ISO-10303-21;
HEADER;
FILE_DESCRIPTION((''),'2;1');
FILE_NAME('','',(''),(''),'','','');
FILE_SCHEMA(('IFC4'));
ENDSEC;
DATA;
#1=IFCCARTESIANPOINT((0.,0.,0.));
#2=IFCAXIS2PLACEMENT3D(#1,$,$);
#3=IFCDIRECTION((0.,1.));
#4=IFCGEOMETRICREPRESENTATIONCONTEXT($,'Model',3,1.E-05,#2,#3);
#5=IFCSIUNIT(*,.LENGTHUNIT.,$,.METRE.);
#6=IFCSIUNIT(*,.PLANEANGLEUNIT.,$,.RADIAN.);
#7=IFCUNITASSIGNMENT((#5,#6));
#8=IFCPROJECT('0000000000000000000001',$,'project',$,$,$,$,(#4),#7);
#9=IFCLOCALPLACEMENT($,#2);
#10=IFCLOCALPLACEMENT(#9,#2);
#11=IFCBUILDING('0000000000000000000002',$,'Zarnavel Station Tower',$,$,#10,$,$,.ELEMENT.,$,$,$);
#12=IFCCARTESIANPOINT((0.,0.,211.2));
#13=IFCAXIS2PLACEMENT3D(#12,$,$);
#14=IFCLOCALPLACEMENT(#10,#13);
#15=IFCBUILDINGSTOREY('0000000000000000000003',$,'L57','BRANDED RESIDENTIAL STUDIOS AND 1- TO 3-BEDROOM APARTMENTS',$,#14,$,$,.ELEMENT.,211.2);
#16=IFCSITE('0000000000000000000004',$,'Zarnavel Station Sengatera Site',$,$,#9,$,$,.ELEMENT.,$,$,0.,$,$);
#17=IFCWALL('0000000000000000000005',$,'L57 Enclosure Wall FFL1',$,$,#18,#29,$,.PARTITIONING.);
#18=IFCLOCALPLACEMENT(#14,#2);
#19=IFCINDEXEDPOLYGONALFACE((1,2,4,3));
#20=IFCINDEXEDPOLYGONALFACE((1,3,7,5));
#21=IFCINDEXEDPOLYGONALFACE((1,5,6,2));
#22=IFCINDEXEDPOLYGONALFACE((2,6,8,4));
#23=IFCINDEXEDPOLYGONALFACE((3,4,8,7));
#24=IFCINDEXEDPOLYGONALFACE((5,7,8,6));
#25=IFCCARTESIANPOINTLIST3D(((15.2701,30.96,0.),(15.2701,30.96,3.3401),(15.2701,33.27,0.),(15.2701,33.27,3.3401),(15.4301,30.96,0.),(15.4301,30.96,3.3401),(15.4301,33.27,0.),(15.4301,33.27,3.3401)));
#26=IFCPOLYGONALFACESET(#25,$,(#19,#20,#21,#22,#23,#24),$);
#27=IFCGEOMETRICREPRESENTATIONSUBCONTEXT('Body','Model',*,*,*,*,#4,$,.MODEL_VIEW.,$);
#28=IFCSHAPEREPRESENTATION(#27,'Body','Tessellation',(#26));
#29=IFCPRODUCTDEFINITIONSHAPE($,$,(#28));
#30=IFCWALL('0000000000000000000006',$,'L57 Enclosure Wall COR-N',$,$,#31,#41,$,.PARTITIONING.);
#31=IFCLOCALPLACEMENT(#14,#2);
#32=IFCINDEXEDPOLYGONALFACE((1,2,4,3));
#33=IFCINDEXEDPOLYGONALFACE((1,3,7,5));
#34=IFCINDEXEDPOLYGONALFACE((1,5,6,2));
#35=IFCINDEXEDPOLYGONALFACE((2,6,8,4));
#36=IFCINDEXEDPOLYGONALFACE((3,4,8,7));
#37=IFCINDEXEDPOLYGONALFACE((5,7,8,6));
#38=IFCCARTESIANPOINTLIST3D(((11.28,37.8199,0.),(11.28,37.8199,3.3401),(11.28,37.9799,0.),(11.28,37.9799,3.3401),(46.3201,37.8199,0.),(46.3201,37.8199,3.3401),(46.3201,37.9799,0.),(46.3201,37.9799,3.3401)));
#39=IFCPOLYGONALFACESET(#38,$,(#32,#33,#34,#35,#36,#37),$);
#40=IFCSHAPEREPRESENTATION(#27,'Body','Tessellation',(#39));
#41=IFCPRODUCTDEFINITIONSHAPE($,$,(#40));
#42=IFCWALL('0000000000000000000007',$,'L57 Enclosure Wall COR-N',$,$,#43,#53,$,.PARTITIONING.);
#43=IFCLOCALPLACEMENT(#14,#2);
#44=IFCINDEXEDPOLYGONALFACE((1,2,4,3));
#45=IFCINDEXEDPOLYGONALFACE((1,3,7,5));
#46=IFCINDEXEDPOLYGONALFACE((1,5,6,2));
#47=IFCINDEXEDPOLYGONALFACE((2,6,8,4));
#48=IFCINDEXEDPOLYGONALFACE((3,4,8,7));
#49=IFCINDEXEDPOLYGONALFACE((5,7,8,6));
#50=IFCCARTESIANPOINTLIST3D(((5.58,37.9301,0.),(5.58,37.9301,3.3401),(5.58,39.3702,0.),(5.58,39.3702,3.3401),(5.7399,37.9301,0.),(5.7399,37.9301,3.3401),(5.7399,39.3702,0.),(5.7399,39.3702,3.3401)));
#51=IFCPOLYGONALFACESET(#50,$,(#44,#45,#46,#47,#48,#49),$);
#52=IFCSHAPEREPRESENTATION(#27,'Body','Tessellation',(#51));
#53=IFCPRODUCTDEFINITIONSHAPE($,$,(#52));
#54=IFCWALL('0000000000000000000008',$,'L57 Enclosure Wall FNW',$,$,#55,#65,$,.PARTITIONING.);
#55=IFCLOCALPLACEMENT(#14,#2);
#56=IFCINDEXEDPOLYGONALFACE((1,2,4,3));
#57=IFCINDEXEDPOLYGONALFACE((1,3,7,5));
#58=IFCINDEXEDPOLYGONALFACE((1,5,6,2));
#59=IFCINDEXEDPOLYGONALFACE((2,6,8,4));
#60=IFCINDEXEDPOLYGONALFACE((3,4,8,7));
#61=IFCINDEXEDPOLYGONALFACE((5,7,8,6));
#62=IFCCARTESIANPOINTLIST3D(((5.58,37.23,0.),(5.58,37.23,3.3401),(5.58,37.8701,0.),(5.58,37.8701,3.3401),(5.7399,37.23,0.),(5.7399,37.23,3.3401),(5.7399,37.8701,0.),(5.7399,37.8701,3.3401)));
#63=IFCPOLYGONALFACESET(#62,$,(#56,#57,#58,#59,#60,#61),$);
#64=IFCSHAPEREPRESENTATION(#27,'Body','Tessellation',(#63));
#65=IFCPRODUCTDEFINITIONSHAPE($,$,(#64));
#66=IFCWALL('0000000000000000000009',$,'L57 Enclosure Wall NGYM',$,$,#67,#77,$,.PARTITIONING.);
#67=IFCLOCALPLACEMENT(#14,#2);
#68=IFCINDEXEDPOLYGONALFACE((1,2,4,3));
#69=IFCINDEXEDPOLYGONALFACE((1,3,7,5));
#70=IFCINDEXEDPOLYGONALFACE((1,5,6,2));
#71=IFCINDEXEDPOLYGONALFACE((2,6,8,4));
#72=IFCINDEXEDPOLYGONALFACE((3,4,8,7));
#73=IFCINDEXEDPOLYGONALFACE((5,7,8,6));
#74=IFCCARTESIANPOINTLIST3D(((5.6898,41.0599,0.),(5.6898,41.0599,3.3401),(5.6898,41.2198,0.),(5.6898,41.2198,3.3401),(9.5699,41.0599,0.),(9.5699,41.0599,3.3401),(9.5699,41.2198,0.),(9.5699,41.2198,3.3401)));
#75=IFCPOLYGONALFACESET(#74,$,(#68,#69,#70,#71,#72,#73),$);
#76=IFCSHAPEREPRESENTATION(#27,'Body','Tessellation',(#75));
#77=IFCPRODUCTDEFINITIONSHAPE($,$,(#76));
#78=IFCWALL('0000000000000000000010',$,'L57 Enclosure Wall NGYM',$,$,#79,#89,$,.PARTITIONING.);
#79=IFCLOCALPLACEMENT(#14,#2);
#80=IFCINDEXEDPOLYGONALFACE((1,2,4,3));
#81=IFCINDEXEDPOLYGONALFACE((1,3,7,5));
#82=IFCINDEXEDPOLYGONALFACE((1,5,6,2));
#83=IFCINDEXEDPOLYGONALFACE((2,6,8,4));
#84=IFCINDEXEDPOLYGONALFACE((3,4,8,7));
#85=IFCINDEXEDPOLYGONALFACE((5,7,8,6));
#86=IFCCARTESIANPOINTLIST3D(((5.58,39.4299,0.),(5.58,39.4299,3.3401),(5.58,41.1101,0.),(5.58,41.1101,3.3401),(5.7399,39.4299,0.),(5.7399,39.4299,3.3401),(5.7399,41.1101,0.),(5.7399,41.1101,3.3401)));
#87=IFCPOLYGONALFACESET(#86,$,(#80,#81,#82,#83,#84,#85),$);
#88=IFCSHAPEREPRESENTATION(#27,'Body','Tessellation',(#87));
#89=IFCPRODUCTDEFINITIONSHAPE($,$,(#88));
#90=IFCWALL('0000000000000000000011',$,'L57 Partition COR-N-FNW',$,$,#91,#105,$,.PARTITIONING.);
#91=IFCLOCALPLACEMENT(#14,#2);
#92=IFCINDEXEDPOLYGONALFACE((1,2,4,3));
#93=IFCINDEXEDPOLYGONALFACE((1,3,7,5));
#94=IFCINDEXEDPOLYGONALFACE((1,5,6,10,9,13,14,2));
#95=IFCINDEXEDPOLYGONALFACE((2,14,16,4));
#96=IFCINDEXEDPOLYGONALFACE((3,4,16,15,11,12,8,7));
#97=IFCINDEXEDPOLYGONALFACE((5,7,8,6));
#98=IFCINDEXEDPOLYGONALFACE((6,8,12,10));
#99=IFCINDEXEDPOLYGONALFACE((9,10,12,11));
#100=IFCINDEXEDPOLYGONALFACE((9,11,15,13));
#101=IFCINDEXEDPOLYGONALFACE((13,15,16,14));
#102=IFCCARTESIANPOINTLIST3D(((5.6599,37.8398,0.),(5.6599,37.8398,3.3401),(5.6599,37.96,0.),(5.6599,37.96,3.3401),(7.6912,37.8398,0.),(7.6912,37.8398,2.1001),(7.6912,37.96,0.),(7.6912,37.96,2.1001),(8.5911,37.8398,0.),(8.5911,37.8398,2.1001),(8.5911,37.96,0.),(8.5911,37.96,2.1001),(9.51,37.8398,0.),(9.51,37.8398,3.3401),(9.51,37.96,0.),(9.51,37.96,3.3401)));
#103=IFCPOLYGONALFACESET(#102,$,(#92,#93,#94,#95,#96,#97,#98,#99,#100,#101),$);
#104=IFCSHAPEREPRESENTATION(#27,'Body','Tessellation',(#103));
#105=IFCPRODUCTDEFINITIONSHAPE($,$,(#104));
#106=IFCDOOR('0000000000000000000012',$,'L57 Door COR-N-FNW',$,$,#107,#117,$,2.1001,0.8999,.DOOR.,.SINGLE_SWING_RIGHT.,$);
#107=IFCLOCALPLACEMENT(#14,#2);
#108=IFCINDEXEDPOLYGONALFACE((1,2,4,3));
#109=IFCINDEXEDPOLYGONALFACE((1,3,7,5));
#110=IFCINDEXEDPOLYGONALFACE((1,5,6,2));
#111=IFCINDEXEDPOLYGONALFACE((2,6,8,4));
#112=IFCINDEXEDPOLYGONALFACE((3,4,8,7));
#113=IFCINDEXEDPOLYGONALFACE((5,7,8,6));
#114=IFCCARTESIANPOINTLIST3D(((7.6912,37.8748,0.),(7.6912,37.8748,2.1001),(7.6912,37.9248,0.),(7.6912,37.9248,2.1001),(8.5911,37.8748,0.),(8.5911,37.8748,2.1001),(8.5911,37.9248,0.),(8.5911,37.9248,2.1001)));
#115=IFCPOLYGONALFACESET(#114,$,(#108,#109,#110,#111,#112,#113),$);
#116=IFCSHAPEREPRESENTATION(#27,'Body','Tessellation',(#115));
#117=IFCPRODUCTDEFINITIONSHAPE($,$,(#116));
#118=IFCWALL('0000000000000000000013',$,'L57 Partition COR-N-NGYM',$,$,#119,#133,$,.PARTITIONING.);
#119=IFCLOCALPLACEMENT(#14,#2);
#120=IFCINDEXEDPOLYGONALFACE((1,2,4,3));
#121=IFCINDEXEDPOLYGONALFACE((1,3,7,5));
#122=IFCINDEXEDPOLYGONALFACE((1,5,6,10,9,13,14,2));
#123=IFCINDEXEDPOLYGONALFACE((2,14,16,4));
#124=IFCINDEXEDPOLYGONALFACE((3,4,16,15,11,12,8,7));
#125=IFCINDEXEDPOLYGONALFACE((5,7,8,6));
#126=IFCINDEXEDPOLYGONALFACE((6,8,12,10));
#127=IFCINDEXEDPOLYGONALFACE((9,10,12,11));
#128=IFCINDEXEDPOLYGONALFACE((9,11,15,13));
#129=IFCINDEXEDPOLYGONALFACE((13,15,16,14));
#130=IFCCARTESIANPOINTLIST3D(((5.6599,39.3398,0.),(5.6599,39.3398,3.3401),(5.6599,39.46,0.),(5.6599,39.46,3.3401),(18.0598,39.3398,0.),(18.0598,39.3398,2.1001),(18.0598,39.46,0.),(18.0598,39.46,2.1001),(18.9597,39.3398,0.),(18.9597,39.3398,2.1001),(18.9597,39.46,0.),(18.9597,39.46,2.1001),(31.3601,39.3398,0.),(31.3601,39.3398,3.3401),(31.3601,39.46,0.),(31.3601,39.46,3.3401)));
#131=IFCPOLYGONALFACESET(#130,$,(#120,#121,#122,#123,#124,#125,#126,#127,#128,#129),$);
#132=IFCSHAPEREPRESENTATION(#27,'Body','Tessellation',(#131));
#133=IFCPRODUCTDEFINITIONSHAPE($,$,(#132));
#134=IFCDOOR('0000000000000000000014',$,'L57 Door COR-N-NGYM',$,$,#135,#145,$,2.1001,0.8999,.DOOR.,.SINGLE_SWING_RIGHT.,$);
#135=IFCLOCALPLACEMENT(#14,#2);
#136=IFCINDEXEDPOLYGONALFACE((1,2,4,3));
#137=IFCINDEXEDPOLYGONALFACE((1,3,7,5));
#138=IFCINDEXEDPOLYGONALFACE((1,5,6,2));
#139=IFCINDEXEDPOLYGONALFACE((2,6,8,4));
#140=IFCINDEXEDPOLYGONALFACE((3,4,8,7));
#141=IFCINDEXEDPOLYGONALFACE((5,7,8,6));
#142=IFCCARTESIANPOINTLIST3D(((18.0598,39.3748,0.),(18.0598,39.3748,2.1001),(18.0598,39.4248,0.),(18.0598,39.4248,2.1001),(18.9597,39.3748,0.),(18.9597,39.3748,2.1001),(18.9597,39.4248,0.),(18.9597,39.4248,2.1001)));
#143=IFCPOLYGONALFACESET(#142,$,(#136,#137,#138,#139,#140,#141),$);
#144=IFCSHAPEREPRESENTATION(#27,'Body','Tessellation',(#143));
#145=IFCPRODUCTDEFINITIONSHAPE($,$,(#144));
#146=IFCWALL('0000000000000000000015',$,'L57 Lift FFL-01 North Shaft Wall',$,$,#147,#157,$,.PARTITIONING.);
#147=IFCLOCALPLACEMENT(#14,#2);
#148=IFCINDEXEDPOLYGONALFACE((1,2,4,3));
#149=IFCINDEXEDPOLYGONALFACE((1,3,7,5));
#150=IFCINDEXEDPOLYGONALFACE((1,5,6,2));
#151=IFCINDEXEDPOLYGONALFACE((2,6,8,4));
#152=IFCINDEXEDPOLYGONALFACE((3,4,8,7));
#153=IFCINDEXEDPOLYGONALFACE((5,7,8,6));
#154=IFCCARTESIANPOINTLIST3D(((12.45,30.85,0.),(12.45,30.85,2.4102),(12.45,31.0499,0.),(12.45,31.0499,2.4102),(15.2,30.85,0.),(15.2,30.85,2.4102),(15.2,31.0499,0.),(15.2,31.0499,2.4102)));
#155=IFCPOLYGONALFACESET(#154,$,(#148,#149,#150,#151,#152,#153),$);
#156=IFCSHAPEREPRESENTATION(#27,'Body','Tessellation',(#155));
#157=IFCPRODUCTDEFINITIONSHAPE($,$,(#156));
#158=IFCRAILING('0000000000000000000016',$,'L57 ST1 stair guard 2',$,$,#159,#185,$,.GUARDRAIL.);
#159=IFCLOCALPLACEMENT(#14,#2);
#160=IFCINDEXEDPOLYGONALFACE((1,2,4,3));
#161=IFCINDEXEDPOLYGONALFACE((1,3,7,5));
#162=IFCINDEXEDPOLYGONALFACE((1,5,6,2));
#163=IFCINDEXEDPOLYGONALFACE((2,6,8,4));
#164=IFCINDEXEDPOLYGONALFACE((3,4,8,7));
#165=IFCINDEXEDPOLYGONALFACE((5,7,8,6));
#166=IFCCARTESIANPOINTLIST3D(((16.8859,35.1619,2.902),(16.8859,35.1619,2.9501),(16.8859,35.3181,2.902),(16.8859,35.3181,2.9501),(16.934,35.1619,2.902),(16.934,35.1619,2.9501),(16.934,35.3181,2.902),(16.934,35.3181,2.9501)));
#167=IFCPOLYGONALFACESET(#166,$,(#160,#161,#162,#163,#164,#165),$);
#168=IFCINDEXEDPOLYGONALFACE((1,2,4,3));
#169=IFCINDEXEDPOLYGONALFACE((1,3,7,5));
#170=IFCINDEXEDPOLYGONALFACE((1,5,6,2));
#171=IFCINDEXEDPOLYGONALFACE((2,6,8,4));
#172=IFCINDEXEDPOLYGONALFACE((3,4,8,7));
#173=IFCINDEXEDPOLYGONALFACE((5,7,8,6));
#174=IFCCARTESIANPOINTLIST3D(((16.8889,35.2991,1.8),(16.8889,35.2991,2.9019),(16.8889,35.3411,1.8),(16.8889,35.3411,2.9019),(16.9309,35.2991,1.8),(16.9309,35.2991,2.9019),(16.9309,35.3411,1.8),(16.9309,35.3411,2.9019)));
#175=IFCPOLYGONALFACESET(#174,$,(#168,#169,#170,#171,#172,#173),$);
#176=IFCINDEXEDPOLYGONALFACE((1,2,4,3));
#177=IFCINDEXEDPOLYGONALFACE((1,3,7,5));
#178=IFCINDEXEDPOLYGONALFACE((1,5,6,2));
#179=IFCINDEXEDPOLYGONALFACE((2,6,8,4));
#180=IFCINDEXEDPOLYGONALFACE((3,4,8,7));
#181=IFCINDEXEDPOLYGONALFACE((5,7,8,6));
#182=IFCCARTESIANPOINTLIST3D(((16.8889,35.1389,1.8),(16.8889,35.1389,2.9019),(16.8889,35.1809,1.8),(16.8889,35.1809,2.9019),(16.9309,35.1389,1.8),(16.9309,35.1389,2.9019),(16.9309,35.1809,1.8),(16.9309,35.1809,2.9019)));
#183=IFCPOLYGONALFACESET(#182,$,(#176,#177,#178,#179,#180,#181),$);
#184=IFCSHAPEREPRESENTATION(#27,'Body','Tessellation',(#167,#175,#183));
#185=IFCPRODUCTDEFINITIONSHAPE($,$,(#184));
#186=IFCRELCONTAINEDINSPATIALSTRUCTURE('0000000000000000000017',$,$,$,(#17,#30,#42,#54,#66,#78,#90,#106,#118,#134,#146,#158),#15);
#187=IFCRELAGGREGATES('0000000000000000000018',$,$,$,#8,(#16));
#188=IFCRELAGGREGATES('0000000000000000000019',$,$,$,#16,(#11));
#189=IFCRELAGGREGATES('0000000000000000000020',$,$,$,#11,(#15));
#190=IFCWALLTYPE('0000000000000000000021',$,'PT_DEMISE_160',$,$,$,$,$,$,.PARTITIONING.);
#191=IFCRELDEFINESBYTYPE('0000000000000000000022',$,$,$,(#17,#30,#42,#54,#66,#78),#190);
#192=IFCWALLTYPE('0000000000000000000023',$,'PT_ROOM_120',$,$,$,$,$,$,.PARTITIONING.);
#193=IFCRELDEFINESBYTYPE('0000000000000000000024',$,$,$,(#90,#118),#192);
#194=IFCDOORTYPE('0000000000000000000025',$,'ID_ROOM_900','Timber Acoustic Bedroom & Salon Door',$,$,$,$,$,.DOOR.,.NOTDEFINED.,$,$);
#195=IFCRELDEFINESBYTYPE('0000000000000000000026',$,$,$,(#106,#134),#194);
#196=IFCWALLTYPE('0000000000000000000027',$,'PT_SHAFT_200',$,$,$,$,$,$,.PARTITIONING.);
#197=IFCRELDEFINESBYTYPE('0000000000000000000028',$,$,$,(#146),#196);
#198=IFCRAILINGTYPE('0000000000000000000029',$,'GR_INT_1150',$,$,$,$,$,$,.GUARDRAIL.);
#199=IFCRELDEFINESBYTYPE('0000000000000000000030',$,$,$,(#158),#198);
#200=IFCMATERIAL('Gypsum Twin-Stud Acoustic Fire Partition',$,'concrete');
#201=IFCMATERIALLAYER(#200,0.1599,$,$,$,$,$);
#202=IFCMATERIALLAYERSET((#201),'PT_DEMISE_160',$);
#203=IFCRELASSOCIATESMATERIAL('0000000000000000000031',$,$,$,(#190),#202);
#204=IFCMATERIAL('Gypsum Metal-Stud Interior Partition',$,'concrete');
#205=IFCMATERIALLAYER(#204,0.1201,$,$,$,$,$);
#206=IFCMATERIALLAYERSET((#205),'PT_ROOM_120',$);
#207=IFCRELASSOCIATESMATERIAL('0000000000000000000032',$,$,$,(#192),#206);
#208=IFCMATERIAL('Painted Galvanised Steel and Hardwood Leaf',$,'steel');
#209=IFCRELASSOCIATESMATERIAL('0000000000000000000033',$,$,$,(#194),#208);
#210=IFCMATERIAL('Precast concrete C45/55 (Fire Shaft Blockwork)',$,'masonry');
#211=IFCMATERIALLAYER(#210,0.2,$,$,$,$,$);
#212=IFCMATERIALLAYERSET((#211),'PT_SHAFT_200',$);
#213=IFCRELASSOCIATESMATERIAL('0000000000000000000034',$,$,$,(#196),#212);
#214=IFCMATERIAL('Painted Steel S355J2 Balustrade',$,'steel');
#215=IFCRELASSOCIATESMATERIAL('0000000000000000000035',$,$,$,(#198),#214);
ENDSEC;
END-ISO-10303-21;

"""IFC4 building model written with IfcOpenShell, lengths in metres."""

from ifc_helpers import new_model, si_unit, direction, frame, frame_2d, origin, origin_2d, place, context, subcontext, project, spatial, rectangle, extrude, material, layer, layer_set, type_object, element, fill, save


model = new_model("IFC4")

# Units and contexts
model_context = context("Model", 3, precision=1e-05, world=origin(), true_north=direction((0.0, 1.0)))
body_context = subcontext(model_context, "Body", "Model", "MODEL_VIEW")
ifc_project = project(units=[si_unit("LENGTHUNIT", "METRE"), si_unit("PLANEANGLEUNIT", "RADIAN")], contexts=[model_context])

# Site, building, storey
site_placement = place(None, origin())
site = spatial("IfcSite", under=ifc_project, at=site_placement, Name="Zarnavel Station Sengatera Site", CompositionType="ELEMENT", RefElevation=0.0)
building_placement = place(site_placement, origin())
building = spatial("IfcBuilding", under=site, at=building_placement, Name="Zarnavel Station Tower", CompositionType="ELEMENT")
storey_placement = place(building_placement, frame((0.0, 0.0, 211.2)))
storey = spatial("IfcBuildingStorey", under=building, at=storey_placement, Name="L57", Description="BRANDED RESIDENTIAL STUDIOS AND 1- TO 3-BEDROOM APARTMENTS", CompositionType="ELEMENT", Elevation=211.2)

# Walls
ifc_material_1 = material(Name="Gypsum Twin-Stud Acoustic Fire Partition", Category="concrete")
ifc_layer_1 = layer(ifc_material_1, 0.1599)
ifc_layer_set_1 = layer_set([ifc_layer_1], Name="PT_DEMISE_160")
wall_type_1 = type_object("IfcWallType", Name="PT_DEMISE_160", PredefinedType="PARTITIONING", material=ifc_layer_set_1)
wall_1_placement = place(storey_placement, frame((15.3501, 30.96, 0.0), z_axis=(0.0, 0.0, 1.0), x_axis=(0.0, 1.0, 0.0)))
element("IfcWall", 1, at=wall_1_placement, inside=storey, type_object=wall_type_1, Name="L57 Enclosure Wall FFL1", PredefinedType="PARTITIONING", context=body_context, shape_type="SweptSolid", body=[
    extrude(rectangle(XDim=2.3101, YDim=0.1599, at=frame_2d((1.155, 0.0))), origin(), (0.0, 0.0, 1.0), 3.3401),
])
wall_2_placement = place(storey_placement, frame((11.28, 37.8999, 0.0), z_axis=(0.0, 0.0, 1.0), x_axis=(1.0, 0.0, 0.0)))
element("IfcWall", 2, at=wall_2_placement, inside=storey, type_object=wall_type_1, Name="L57 Enclosure Wall COR-N", PredefinedType="PARTITIONING", context=body_context, shape_type="SweptSolid", body=[
    extrude(rectangle(XDim=35.04, YDim=0.1599, at=frame_2d((17.52, 0.0))), origin(), (0.0, 0.0, 1.0), 3.3401),
])
wall_3_placement = place(storey_placement, frame((5.6599, 37.9299, 0.0), z_axis=(0.0, 0.0, 1.0), x_axis=(0.0, 1.0, 0.0)))
element("IfcWall", 3, at=wall_3_placement, inside=storey, type_object=wall_type_1, Name="L57 Enclosure Wall COR-N", PredefinedType="PARTITIONING", context=body_context, shape_type="SweptSolid", body=[
    extrude(rectangle(XDim=1.4402, YDim=0.1599, at=frame_2d((0.7202, 0.0))), origin(), (0.0, 0.0, 1.0), 3.3401),
])
wall_4_placement = place(storey_placement, frame((5.6599, 37.23, 0.0), z_axis=(0.0, 0.0, 1.0), x_axis=(0.0, 1.0, 0.0)))
element("IfcWall", 4, at=wall_4_placement, inside=storey, type_object=wall_type_1, Name="L57 Enclosure Wall FNW", PredefinedType="PARTITIONING", context=body_context, shape_type="SweptSolid", body=[
    extrude(rectangle(XDim=0.6401, YDim=0.1599, at=frame_2d((0.3201, 0.0))), origin(), (0.0, 0.0, 1.0), 3.3401),
])
wall_5_placement = place(storey_placement, frame((5.6899, 41.1399, 0.0), z_axis=(0.0, 0.0, 1.0), x_axis=(1.0, 0.0, 0.0)))
element("IfcWall", 5, at=wall_5_placement, inside=storey, type_object=wall_type_1, Name="L57 Enclosure Wall NGYM", PredefinedType="PARTITIONING", context=body_context, shape_type="SweptSolid", body=[
    extrude(rectangle(XDim=3.8801, YDim=0.1599, at=frame_2d((1.9399, 0.0))), origin(), (0.0, 0.0, 1.0), 3.3401),
])
wall_6_placement = place(storey_placement, frame((5.6599, 39.4299, 0.0), z_axis=(0.0, 0.0, 1.0), x_axis=(0.0, 1.0, 0.0)))
element("IfcWall", 6, at=wall_6_placement, inside=storey, type_object=wall_type_1, Name="L57 Enclosure Wall NGYM", PredefinedType="PARTITIONING", context=body_context, shape_type="SweptSolid", body=[
    extrude(rectangle(XDim=1.6802, YDim=0.1599, at=frame_2d((0.8401, 0.0))), origin(), (0.0, 0.0, 1.0), 3.3401),
])

# Walls, openings, doors
ifc_material_2 = material(Name="Gypsum Metal-Stud Interior Partition", Category="concrete")
ifc_layer_2 = layer(ifc_material_2, 0.1201)
ifc_layer_set_2 = layer_set([ifc_layer_2], Name="PT_ROOM_120")
wall_type_2 = type_object("IfcWallType", Name="PT_ROOM_120", PredefinedType="PARTITIONING", material=ifc_layer_set_2)
wall_7_placement = place(storey_placement, frame((5.6599, 37.8999, 0.0), z_axis=(0.0, 0.0, 1.0), x_axis=(1.0, 0.0, 0.0)))
wall_7 = element("IfcWall", 7, at=wall_7_placement, inside=storey, type_object=wall_type_2, Name="L57 Partition COR-N-FNW", PredefinedType="PARTITIONING", context=body_context, shape_type="SweptSolid", body=[
    extrude(rectangle(XDim=3.8501, YDim=0.1201, at=frame_2d((1.925, 0.0))), origin(), (0.0, 0.0, 1.0), 3.3401),
])
opening_1_placement = place(wall_7_placement, frame((2.0312, 0.0, 0.0)))
opening_1 = element("IfcOpeningElement", 8, at=opening_1_placement, cuts=wall_7, PredefinedType="OPENING", context=body_context, shape_type="SweptSolid", body=[
    extrude(rectangle(XDim=0.8999, YDim=2.1001, at=frame_2d((0.45, 1.05))), frame((0.0, 0.0701, 0.0), z_axis=(0.0, -1.0, 0.0), x_axis=(1.0, 0.0, 0.0)), (0.0, 0.0, 1.0), 0.1401),
])
ifc_material_3 = material(Name="Painted Galvanised Steel and Hardwood Leaf", Category="steel")
door_type = type_object("IfcDoorType", Name="ID_ROOM_900", Description="Timber Acoustic Bedroom & Salon Door", OperationType="NOTDEFINED", PredefinedType="DOOR", material=ifc_material_3)
door_1_placement = place(opening_1_placement, origin())
door_1 = element("IfcDoor", 9, at=door_1_placement, inside=storey, type_object=door_type, Name="L57 Door COR-N-FNW", OperationType="SINGLE_SWING_RIGHT", OverallHeight=2.1001, OverallWidth=0.8999, PredefinedType="DOOR", context=body_context, shape_type="SweptSolid", body=[
    extrude(rectangle(XDim=0.8999, YDim=2.1001, at=frame_2d((0.45, 1.05))), frame((0.0, 0.0249, 0.0), z_axis=(0.0, -1.0, 0.0), x_axis=(1.0, 0.0, 0.0)), (0.0, 0.0, 1.0), 0.05),
])
fill(opening_1, door_1)
wall_8_placement = place(storey_placement, frame((5.6599, 39.3999, 0.0), z_axis=(0.0, 0.0, 1.0), x_axis=(1.0, 0.0, 0.0)))
wall_8 = element("IfcWall", 10, at=wall_8_placement, inside=storey, type_object=wall_type_2, Name="L57 Partition COR-N-NGYM", PredefinedType="PARTITIONING", context=body_context, shape_type="SweptSolid", body=[
    extrude(rectangle(XDim=25.7002, YDim=0.1201, at=frame_2d((12.8501, 0.0))), origin(), (0.0, 0.0, 1.0), 3.3401),
])
opening_2_placement = place(wall_8_placement, frame((12.3999, 0.0, 0.0)))
opening_2 = element("IfcOpeningElement", 11, at=opening_2_placement, cuts=wall_8, PredefinedType="OPENING", context=body_context, shape_type="SweptSolid", body=[
    extrude(rectangle(XDim=0.8999, YDim=2.1001, at=frame_2d((0.45, 1.05))), frame((0.0, 0.0701, 0.0), z_axis=(0.0, -1.0, 0.0), x_axis=(1.0, 0.0, 0.0)), (0.0, 0.0, 1.0), 0.1401),
])
door_2_placement = place(opening_2_placement, origin())
door_2 = element("IfcDoor", 12, at=door_2_placement, inside=storey, type_object=door_type, Name="L57 Door COR-N-NGYM", OperationType="SINGLE_SWING_RIGHT", OverallHeight=2.1001, OverallWidth=0.8999, PredefinedType="DOOR", context=body_context, shape_type="SweptSolid", body=[
    extrude(rectangle(XDim=0.8999, YDim=2.1001, at=frame_2d((0.45, 1.05))), frame((0.0, 0.0249, 0.0), z_axis=(0.0, -1.0, 0.0), x_axis=(1.0, 0.0, 0.0)), (0.0, 0.0, 1.0), 0.05),
])
fill(opening_2, door_2)

# Wall
ifc_material_4 = material(Name="Precast concrete C45/55 (Fire Shaft Blockwork)", Category="masonry")
ifc_layer_3 = layer(ifc_material_4, 0.2)
ifc_layer_set_3 = layer_set([ifc_layer_3], Name="PT_SHAFT_200")
wall_type_3 = type_object("IfcWallType", Name="PT_SHAFT_200", PredefinedType="PARTITIONING", material=ifc_layer_set_3)
wall_9_placement = place(storey_placement, frame((12.45, 30.95, 0.0), z_axis=(0.0, 0.0, 1.0), x_axis=(1.0, 0.0, 0.0)))
element("IfcWall", 13, at=wall_9_placement, inside=storey, type_object=wall_type_3, Name="L57 Lift FFL-01 North Shaft Wall", PredefinedType="PARTITIONING", context=body_context, shape_type="SweptSolid", body=[
    extrude(rectangle(XDim=2.75, YDim=0.2, at=frame_2d((1.375, 0.0))), origin(), (0.0, 0.0, 1.0), 2.4102),
])

# Railing
ifc_material_5 = material(Name="Painted Steel S355J2 Balustrade", Category="steel")
railing_type = type_object("IfcRailingType", Name="GR_INT_1150", PredefinedType="GUARDRAIL", material=ifc_material_5)
railing_placement = place(storey_placement, frame((16.9099, 35.3201, 1.8)))
element("IfcRailing", 14, at=railing_placement, inside=storey, type_object=railing_type, Name="L57 ST1 stair guard 2", PredefinedType="GUARDRAIL", context=body_context, shape_type="SweptSolid", body=[
    extrude(rectangle(XDim=0.0481, YDim=0.0481, at=origin_2d()), frame((0.0, -0.002, 1.126), z_axis=(0.0, -1.0, 0.0), x_axis=(1.0, 0.0, 0.0)), (0.0, 0.0, 1.0), 0.1562),
    extrude(rectangle(XDim=0.042, YDim=0.042, at=origin_2d()), origin(), (0.0, 0.0, 1.0), 1.1018),
    extrude(rectangle(XDim=0.042, YDim=0.042, at=origin_2d()), frame((0.0, -0.1602, 0.0)), (0.0, 0.0, 1.0), 1.1018),
])

save(model, "model.ifc")
